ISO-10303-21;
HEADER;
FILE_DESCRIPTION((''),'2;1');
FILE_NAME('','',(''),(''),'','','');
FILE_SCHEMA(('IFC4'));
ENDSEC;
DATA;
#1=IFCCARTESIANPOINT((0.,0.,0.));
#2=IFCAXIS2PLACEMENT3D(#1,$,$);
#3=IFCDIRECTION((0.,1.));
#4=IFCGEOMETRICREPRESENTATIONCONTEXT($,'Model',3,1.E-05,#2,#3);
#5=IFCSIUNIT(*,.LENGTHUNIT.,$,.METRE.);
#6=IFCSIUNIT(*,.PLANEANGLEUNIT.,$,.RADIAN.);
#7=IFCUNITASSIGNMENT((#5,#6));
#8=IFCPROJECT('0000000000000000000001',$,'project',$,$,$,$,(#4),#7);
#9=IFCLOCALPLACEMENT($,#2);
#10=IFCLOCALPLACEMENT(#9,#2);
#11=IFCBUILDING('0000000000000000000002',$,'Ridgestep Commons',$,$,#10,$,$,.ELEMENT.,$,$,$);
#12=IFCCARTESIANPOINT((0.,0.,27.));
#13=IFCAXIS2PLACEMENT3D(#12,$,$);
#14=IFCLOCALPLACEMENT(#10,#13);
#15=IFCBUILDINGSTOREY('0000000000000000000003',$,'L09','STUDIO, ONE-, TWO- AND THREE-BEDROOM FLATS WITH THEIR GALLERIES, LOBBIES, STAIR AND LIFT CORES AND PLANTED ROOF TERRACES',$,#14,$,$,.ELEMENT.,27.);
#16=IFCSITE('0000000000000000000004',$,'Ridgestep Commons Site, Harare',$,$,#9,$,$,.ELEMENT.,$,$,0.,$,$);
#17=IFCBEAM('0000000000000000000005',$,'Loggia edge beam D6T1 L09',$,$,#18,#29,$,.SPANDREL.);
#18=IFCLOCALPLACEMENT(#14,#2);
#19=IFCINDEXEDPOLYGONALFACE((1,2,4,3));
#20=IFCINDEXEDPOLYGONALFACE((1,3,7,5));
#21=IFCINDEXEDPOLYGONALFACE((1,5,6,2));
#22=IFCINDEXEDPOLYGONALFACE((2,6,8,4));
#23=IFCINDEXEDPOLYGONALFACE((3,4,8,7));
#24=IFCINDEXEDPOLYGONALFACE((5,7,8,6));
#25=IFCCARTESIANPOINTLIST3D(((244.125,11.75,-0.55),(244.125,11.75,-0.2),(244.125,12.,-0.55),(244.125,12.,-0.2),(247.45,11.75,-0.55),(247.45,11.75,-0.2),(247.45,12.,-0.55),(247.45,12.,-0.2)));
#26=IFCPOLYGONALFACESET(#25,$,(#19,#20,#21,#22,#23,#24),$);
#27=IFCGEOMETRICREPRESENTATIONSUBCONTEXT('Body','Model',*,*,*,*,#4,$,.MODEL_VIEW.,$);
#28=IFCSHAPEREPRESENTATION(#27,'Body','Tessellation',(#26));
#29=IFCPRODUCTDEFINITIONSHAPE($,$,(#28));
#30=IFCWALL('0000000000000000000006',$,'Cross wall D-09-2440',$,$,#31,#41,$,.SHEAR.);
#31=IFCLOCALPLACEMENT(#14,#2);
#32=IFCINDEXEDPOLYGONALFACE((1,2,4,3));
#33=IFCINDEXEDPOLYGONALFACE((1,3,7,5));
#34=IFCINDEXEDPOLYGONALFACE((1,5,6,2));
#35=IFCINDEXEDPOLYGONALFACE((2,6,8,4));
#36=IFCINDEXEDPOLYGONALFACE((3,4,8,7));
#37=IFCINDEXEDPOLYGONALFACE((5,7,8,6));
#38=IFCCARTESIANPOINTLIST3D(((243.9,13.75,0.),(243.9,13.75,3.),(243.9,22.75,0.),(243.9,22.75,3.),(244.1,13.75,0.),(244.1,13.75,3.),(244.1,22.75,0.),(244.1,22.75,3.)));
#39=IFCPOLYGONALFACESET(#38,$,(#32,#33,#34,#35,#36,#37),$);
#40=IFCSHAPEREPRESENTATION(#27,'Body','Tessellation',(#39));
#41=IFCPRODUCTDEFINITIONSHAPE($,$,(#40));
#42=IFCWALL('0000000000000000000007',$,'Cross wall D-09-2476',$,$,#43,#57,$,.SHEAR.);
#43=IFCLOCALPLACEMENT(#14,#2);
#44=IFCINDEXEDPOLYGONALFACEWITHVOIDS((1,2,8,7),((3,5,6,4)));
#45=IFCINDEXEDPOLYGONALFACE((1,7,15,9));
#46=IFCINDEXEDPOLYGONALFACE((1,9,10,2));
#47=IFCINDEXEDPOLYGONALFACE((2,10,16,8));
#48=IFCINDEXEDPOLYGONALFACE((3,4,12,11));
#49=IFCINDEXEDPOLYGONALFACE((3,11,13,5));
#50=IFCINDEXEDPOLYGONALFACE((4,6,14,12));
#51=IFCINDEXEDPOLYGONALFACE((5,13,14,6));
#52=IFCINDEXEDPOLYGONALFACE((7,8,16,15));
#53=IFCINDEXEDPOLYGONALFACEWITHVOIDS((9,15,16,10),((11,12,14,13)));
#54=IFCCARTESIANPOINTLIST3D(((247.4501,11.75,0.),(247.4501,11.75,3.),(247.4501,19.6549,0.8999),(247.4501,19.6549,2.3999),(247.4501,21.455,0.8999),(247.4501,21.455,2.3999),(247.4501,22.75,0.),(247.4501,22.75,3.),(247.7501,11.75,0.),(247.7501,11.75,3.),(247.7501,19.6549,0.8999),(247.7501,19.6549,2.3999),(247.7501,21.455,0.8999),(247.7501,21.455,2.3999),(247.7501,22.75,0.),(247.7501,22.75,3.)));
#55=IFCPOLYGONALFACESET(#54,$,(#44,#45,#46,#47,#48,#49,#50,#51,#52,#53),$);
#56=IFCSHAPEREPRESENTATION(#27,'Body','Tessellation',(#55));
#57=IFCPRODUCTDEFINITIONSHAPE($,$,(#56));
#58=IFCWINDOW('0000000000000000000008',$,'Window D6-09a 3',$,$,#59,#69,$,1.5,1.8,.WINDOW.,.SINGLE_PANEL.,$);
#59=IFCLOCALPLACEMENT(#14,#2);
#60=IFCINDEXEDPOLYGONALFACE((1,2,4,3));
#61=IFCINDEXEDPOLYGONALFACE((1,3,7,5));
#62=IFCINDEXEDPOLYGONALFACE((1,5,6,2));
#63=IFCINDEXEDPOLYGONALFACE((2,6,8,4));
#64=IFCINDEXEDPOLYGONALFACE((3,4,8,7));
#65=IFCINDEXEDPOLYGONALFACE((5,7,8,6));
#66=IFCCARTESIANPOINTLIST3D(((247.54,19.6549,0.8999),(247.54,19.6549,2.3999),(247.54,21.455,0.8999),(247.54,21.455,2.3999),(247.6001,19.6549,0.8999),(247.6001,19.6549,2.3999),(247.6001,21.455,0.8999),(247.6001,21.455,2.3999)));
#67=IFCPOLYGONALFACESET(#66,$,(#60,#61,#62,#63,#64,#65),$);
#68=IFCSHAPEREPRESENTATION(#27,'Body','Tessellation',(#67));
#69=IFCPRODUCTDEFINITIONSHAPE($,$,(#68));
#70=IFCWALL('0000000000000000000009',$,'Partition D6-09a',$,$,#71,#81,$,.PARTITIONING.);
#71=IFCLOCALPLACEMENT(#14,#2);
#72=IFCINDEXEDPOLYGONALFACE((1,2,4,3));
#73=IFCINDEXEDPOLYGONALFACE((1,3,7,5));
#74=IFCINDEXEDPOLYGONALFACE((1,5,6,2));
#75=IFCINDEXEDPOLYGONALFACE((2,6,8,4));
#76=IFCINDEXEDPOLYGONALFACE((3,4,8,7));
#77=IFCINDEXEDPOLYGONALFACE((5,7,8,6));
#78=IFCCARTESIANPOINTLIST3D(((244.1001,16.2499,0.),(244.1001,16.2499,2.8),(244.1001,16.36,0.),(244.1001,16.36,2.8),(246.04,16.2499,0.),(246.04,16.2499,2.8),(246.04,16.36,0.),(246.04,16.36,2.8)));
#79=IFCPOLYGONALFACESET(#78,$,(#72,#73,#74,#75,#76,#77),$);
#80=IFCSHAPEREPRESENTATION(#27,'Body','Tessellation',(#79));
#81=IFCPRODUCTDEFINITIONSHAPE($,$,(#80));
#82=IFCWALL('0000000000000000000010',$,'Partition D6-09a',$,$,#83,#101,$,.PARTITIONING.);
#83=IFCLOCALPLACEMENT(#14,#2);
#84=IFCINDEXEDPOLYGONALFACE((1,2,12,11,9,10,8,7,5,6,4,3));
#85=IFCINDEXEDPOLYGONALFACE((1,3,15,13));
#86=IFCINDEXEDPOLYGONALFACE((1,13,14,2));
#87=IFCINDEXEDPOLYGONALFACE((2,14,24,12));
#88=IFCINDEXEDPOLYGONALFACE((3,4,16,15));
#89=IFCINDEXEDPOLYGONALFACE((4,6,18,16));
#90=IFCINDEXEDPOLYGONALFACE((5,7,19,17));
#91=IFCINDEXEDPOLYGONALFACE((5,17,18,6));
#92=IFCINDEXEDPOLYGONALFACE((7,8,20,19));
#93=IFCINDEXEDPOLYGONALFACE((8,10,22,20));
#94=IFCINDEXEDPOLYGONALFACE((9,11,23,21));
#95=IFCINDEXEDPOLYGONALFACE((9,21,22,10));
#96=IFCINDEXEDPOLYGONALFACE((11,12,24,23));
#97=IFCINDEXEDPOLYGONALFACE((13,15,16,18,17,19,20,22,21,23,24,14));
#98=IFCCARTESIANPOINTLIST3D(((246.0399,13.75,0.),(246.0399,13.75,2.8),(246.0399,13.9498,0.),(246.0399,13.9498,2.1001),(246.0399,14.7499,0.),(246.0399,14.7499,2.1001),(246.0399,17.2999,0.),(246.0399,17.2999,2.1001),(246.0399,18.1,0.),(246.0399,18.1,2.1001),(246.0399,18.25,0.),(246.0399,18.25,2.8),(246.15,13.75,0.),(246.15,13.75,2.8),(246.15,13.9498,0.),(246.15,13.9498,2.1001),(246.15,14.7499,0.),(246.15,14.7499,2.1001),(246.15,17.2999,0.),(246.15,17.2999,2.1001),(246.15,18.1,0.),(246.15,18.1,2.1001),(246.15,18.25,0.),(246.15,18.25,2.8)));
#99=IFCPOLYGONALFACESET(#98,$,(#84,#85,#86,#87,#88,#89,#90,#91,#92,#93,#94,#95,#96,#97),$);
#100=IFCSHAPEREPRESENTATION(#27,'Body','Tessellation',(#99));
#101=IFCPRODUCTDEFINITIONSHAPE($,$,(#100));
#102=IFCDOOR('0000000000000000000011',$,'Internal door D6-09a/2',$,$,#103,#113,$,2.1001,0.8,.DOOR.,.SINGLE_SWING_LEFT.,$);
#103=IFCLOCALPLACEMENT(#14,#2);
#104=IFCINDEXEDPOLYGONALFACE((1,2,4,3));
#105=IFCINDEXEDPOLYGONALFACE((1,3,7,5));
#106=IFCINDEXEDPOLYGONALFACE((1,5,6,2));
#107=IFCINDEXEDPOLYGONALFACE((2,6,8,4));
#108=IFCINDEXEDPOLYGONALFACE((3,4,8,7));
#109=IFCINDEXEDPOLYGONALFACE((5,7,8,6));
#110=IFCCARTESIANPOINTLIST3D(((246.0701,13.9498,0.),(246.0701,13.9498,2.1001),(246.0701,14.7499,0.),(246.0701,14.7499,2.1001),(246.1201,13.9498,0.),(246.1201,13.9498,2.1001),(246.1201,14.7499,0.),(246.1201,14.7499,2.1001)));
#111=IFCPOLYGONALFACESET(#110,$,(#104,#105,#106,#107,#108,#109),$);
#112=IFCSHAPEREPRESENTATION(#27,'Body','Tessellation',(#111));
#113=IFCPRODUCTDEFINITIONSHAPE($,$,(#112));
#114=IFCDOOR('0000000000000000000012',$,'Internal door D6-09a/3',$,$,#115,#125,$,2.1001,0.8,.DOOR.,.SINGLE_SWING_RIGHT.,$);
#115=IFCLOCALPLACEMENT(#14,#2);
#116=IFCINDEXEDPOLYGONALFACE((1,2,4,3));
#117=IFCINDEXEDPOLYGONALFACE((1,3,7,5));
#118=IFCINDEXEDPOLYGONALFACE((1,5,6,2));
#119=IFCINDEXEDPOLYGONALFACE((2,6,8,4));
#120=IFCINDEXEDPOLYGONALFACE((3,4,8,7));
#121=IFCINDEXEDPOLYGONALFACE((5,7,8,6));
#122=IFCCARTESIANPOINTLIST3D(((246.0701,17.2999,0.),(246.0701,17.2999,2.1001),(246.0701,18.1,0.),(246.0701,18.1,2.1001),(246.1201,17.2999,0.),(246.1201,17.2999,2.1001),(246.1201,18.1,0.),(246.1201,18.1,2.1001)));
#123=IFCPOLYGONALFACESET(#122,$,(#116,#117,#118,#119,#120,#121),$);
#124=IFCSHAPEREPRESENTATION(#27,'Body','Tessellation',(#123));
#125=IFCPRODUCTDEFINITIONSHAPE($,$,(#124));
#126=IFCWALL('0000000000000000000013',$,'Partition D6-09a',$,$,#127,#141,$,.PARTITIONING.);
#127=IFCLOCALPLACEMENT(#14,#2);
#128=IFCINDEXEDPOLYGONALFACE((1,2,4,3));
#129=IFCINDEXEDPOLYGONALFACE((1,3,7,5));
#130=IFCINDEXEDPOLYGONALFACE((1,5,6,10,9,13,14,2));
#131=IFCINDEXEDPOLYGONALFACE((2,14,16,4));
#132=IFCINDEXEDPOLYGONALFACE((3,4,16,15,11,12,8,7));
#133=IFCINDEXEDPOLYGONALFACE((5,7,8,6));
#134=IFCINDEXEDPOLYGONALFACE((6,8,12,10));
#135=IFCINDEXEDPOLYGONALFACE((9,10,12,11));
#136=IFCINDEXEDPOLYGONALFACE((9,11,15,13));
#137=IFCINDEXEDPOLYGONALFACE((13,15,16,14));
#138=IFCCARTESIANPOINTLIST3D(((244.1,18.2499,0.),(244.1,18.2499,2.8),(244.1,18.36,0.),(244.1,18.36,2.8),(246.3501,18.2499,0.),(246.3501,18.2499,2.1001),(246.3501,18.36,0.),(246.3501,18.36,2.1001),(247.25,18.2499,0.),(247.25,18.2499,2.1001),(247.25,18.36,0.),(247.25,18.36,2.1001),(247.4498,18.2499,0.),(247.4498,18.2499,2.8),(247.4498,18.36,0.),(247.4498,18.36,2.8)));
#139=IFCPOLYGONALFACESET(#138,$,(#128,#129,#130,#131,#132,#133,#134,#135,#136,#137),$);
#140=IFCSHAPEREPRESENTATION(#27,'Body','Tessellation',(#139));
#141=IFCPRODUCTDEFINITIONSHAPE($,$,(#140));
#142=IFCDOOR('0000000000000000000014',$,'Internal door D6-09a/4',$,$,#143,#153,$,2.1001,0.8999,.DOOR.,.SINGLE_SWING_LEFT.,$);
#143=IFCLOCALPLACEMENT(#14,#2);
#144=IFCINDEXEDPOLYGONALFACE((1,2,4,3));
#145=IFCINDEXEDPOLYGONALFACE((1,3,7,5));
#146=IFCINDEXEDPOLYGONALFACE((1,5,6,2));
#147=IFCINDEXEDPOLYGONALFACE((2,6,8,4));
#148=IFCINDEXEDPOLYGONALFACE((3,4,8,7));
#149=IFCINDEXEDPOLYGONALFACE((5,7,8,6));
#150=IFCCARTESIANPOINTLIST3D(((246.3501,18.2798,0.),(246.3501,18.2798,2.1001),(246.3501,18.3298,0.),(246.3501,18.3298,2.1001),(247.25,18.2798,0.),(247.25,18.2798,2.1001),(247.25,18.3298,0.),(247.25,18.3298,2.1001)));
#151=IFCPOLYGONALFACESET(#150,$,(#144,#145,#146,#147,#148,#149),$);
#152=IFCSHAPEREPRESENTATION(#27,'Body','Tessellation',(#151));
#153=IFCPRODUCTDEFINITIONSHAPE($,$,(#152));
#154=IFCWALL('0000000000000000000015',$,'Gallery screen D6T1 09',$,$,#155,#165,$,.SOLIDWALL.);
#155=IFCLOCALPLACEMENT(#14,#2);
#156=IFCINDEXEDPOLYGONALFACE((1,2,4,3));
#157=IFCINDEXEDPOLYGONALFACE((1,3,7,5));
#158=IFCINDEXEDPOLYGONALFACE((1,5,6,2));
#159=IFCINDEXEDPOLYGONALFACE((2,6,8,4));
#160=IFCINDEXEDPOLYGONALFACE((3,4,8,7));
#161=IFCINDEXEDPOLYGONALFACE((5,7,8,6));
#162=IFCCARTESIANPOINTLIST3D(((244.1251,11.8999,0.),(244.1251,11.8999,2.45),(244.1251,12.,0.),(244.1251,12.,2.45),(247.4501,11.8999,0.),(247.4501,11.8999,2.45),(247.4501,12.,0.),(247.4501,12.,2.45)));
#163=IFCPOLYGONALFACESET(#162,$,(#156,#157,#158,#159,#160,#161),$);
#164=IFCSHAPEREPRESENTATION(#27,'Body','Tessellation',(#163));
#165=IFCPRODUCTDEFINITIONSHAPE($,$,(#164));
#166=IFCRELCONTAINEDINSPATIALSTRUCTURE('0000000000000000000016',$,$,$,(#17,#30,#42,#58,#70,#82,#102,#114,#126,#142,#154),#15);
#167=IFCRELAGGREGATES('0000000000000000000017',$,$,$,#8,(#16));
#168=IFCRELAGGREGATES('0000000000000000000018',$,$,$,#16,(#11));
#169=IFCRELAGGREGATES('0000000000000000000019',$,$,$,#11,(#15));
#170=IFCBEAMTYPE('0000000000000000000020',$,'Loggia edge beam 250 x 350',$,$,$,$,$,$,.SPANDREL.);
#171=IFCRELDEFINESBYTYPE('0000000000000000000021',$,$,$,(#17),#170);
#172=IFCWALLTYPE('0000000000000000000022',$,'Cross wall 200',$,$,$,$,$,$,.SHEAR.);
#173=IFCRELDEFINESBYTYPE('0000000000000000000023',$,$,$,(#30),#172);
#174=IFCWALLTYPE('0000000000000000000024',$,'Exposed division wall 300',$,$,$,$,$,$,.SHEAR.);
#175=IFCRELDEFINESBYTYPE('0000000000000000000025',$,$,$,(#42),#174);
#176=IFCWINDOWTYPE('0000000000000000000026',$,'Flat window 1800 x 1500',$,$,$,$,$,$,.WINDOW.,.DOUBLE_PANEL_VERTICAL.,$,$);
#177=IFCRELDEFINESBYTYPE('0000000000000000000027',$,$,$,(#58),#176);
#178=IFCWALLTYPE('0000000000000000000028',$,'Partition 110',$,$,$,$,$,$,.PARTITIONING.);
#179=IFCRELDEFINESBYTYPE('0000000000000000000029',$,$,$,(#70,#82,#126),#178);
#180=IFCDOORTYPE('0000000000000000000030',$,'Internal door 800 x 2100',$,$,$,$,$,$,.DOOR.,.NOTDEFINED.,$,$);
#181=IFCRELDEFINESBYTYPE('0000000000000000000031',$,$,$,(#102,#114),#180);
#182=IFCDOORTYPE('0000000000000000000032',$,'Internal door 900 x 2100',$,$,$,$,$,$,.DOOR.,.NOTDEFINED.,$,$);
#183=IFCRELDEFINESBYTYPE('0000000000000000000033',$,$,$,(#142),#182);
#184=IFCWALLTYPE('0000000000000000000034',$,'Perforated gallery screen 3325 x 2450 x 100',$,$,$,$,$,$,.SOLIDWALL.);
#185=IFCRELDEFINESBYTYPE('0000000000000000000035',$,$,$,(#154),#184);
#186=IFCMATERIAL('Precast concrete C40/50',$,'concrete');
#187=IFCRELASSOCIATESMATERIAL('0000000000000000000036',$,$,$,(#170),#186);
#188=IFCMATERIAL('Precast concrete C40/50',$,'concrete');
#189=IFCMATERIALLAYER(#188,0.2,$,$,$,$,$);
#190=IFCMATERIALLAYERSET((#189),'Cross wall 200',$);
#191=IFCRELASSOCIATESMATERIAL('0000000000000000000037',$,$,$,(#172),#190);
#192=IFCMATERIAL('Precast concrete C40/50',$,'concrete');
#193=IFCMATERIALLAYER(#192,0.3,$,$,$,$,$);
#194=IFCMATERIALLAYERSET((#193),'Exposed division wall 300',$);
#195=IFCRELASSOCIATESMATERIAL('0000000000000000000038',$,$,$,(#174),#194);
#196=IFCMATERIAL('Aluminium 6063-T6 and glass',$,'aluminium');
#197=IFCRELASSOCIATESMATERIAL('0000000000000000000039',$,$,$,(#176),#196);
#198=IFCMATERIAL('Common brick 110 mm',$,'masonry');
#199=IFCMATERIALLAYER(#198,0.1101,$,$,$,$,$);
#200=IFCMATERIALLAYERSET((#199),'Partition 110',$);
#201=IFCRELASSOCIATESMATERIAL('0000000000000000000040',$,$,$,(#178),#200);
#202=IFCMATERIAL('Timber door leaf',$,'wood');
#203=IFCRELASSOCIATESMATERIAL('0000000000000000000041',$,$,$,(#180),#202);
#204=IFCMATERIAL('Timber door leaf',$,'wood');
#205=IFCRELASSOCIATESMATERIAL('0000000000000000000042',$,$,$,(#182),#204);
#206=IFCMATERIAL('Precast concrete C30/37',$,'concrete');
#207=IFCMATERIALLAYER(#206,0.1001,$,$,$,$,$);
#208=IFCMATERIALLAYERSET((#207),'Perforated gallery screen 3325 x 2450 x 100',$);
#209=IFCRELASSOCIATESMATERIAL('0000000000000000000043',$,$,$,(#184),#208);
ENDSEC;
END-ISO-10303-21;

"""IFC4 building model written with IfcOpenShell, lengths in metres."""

from ifc_helpers import new_model, si_unit, direction, frame, frame_2d, origin, origin_2d, place, context, subcontext, project, spatial, rectangle, extrude, material, layer, layer_set, material_profile, profile_set, type_object, element, fill, save


model = new_model("IFC4")

# Units and contexts
model_context = context("Model", 3, precision=1e-05, world=origin(), true_north=direction((0.0, 1.0)))
body_context = subcontext(model_context, "Body", "Model", "MODEL_VIEW")
ifc_project = project(units=[si_unit("LENGTHUNIT", "METRE"), si_unit("PLANEANGLEUNIT", "RADIAN")], contexts=[model_context])

# Site, building, storey
site_placement = place(None, origin())
site = spatial("IfcSite", under=ifc_project, at=site_placement, Name="Ridgestep Commons Site, Harare", CompositionType="ELEMENT", RefElevation=0.0)
building_placement = place(site_placement, origin())
building = spatial("IfcBuilding", under=site, at=building_placement, Name="Ridgestep Commons", CompositionType="ELEMENT")
storey_placement = place(building_placement, frame((0.0, 0.0, 27.0)))
storey = spatial("IfcBuildingStorey", under=building, at=storey_placement, Name="L09", Description="STUDIO, ONE-, TWO- AND THREE-BEDROOM FLATS WITH THEIR GALLERIES, LOBBIES, STAIR AND LIFT CORES AND PLANTED ROOF TERRACES", CompositionType="ELEMENT", Elevation=27.0)

# Beam
ifc_material_1 = material(Name="Precast concrete C40/50", Category="concrete")
ifc_material_profile = material_profile(ifc_material_1, rectangle(XDim=0.25, YDim=0.3501, at=origin_2d()), Name="PC 250x350")
ifc_profile_set = profile_set([ifc_material_profile], Name="Precast concrete C40/50")
beam_type = type_object("IfcBeamType", Name="Loggia edge beam 250 x 350", PredefinedType="SPANDREL", material=ifc_profile_set)
beam_placement = place(storey_placement, frame((244.125, 11.875, -0.375), z_axis=(1.0, 0.0, 0.0), x_axis=(0.0, 1.0, 0.0)))
element("IfcBeam", 1, at=beam_placement, inside=storey, type_object=beam_type, Name="Loggia edge beam D6T1 L09", PredefinedType="SPANDREL", context=body_context, shape_type="SweptSolid", body=[
    extrude(rectangle(XDim=0.25, YDim=0.3501, at=origin_2d()), origin(), (0.0, 0.0, 1.0), 3.325),
])

# Wall
ifc_material_2 = material(Name="Precast concrete C40/50", Category="concrete")
ifc_layer_1 = layer(ifc_material_2, 0.2)
ifc_layer_set_1 = layer_set([ifc_layer_1], Name="Cross wall 200")
wall_type_1 = type_object("IfcWallType", Name="Cross wall 200", PredefinedType="SHEAR", material=ifc_layer_set_1)
wall_1_placement = place(storey_placement, frame((244.0, 13.75, 0.0), z_axis=(0.0, 0.0, 1.0), x_axis=(0.0, 1.0, 0.0)))
element("IfcWall", 2, at=wall_1_placement, inside=storey, type_object=wall_type_1, Name="Cross wall D-09-2440", PredefinedType="SHEAR", context=body_context, shape_type="SweptSolid", body=[
    extrude(rectangle(XDim=9.0, YDim=0.2, at=frame_2d((4.5, 0.0))), origin(), (0.0, 0.0, 1.0), 3.0),
])

# Wall, opening, window
ifc_material_3 = material(Name="Precast concrete C40/50", Category="concrete")
ifc_layer_2 = layer(ifc_material_3, 0.3)
ifc_layer_set_2 = layer_set([ifc_layer_2], Name="Exposed division wall 300")
wall_type_2 = type_object("IfcWallType", Name="Exposed division wall 300", PredefinedType="SHEAR", material=ifc_layer_set_2)
wall_2_placement = place(storey_placement, frame((247.6001, 11.75, 0.0), z_axis=(0.0, 0.0, 1.0), x_axis=(0.0, 1.0, 0.0)))
wall_2 = element("IfcWall", 3, at=wall_2_placement, inside=storey, type_object=wall_type_2, Name="Cross wall D-09-2476", PredefinedType="SHEAR", context=body_context, shape_type="SweptSolid", body=[
    extrude(rectangle(XDim=11.0, YDim=0.3, at=frame_2d((5.5, 0.0))), origin(), (0.0, 0.0, 1.0), 3.0),
])
opening_1_placement = place(wall_2_placement, frame((7.905, 0.0, 0.8999)))
opening_1 = element("IfcOpeningElement", 4, at=opening_1_placement, cuts=wall_2, PredefinedType="OPENING", context=body_context, shape_type="SweptSolid", body=[
    extrude(rectangle(XDim=1.8, YDim=1.5, at=frame_2d((0.8999, 0.75))), frame((0.0, 0.1599, 0.0), z_axis=(0.0, -1.0, 0.0), x_axis=(1.0, 0.0, 0.0)), (0.0, 0.0, 1.0), 0.3201),
])
ifc_material_4 = material(Name="Aluminium 6063-T6 and glass", Category="aluminium")
window_type_1 = type_object("IfcWindowType", Name="Flat window 1800 x 1500", PartitioningType="DOUBLE_PANEL_VERTICAL", PredefinedType="WINDOW", material=ifc_material_4)
window_1_placement = place(opening_1_placement, origin())
window_1 = element("IfcWindow", 5, at=window_1_placement, inside=storey, type_object=window_type_1, Name="Window D6-09a 3", OverallHeight=1.5, OverallWidth=1.8, PartitioningType="SINGLE_PANEL", PredefinedType="WINDOW", context=body_context, shape_type="SweptSolid", body=[
    extrude(rectangle(XDim=1.8, YDim=1.5, at=frame_2d((0.8999, 0.75))), frame((0.0, 0.0601, 0.0), z_axis=(0.0, -1.0, 0.0), x_axis=(1.0, 0.0, 0.0)), (0.0, 0.0, 1.0), 0.0601),
])
fill(opening_1, window_1)

# Wall
ifc_material_5 = material(Name="Common brick 110 mm", Category="masonry")
ifc_layer_3 = layer(ifc_material_5, 0.1101)
ifc_layer_set_3 = layer_set([ifc_layer_3], Name="Partition 110")
wall_type_3 = type_object("IfcWallType", Name="Partition 110", PredefinedType="PARTITIONING", material=ifc_layer_set_3)
wall_3_placement = place(storey_placement, frame((244.1001, 16.3049, 0.0), z_axis=(0.0, 0.0, 1.0), x_axis=(1.0, 0.0, 0.0)))
element("IfcWall", 6, at=wall_3_placement, inside=storey, type_object=wall_type_3, Name="Partition D6-09a", PredefinedType="PARTITIONING", context=body_context, shape_type="SweptSolid", body=[
    extrude(rectangle(XDim=1.9399, YDim=0.1101, at=frame_2d((0.97, 0.0))), origin(), (0.0, 0.0, 1.0), 2.8),
])

# Wall, openings, doors
wall_4_placement = place(storey_placement, frame((246.095, 13.75, 0.0), z_axis=(0.0, 0.0, 1.0), x_axis=(0.0, 1.0, 0.0)))
wall_4 = element("IfcWall", 7, at=wall_4_placement, inside=storey, type_object=wall_type_3, Name="Partition D6-09a", PredefinedType="PARTITIONING", context=body_context, shape_type="SweptSolid", body=[
    extrude(rectangle(XDim=4.5, YDim=0.1101, at=frame_2d((2.25, 0.0))), origin(), (0.0, 0.0, 1.0), 2.8),
])
opening_2_placement = place(wall_4_placement, frame((0.2, 0.0, 0.0)))
opening_2 = element("IfcOpeningElement", 8, at=opening_2_placement, cuts=wall_4, PredefinedType="OPENING", context=body_context, shape_type="SweptSolid", body=[
    extrude(rectangle(XDim=0.8, YDim=2.1001, at=frame_2d((0.3999, 1.05))), frame((0.0, 0.0649, 0.0), z_axis=(0.0, -1.0, 0.0), x_axis=(1.0, 0.0, 0.0)), (0.0, 0.0, 1.0), 0.1301),
])
opening_3_placement = place(wall_4_placement, frame((3.55, 0.0, 0.0)))
opening_3 = element("IfcOpeningElement", 9, at=opening_3_placement, cuts=wall_4, PredefinedType="OPENING", context=body_context, shape_type="SweptSolid", body=[
    extrude(rectangle(XDim=0.8, YDim=2.1001, at=frame_2d((0.3999, 1.05))), frame((0.0, 0.0649, 0.0), z_axis=(0.0, -1.0, 0.0), x_axis=(1.0, 0.0, 0.0)), (0.0, 0.0, 1.0), 0.1301),
])
ifc_material_6 = material(Name="Timber door leaf", Category="wood")
door_type_1 = type_object("IfcDoorType", Name="Internal door 800 x 2100", OperationType="NOTDEFINED", PredefinedType="DOOR", material=ifc_material_6)
door_1_placement = place(opening_2_placement, origin())
door_1 = element("IfcDoor", 10, at=door_1_placement, inside=storey, type_object=door_type_1, Name="Internal door D6-09a/2", OperationType="SINGLE_SWING_LEFT", OverallHeight=2.1001, OverallWidth=0.8, PredefinedType="DOOR", context=body_context, shape_type="SweptSolid", body=[
    extrude(rectangle(XDim=0.8, YDim=2.1001, at=frame_2d((0.3999, 1.05))), frame((0.0, 0.0249, 0.0), z_axis=(0.0, -1.0, 0.0), x_axis=(1.0, 0.0, 0.0)), (0.0, 0.0, 1.0), 0.05),
])
fill(opening_2, door_1)
door_2_placement = place(opening_3_placement, origin())
door_2 = element("IfcDoor", 11, at=door_2_placement, inside=storey, type_object=door_type_1, Name="Internal door D6-09a/3", OperationType="SINGLE_SWING_RIGHT", OverallHeight=2.1001, OverallWidth=0.8, PredefinedType="DOOR", context=body_context, shape_type="SweptSolid", body=[
    extrude(rectangle(XDim=0.8, YDim=2.1001, at=frame_2d((0.3999, 1.05))), frame((0.0, 0.0249, 0.0), z_axis=(0.0, -1.0, 0.0), x_axis=(1.0, 0.0, 0.0)), (0.0, 0.0, 1.0), 0.05),
])
fill(opening_3, door_2)

# Wall, opening, door
wall_5_placement = place(storey_placement, frame((244.1001, 18.3049, 0.0), z_axis=(0.0, 0.0, 1.0), x_axis=(1.0, 0.0, 0.0)))
wall_5 = element("IfcWall", 12, at=wall_5_placement, inside=storey, type_object=wall_type_3, Name="Partition D6-09a", PredefinedType="PARTITIONING", context=body_context, shape_type="SweptSolid", body=[
    extrude(rectangle(XDim=3.3499, YDim=0.1101, at=frame_2d((1.6748, 0.0))), origin(), (0.0, 0.0, 1.0), 2.8),
])
opening_4_placement = place(wall_5_placement, frame((2.25, 0.0, 0.0)))
opening_4 = element("IfcOpeningElement", 13, at=opening_4_placement, cuts=wall_5, PredefinedType="OPENING", context=body_context, shape_type="SweptSolid", body=[
    extrude(rectangle(XDim=0.8999, YDim=2.1001, at=frame_2d((0.45, 1.05))), frame((0.0, 0.0649, 0.0), z_axis=(0.0, -1.0, 0.0), x_axis=(1.0, 0.0, 0.0)), (0.0, 0.0, 1.0), 0.1301),
])
ifc_material_7 = material(Name="Timber door leaf", Category="wood")
door_type_2 = type_object("IfcDoorType", Name="Internal door 900 x 2100", OperationType="NOTDEFINED", PredefinedType="DOOR", material=ifc_material_7)
door_3_placement = place(opening_4_placement, origin())
door_3 = element("IfcDoor", 14, at=door_3_placement, inside=storey, type_object=door_type_2, Name="Internal door D6-09a/4", OperationType="SINGLE_SWING_LEFT", OverallHeight=2.1001, OverallWidth=0.8999, PredefinedType="DOOR", context=body_context, shape_type="SweptSolid", body=[
    extrude(rectangle(XDim=0.8999, YDim=2.1001, at=frame_2d((0.45, 1.05))), frame((0.0, 0.0249, 0.0), z_axis=(0.0, -1.0, 0.0), x_axis=(1.0, 0.0, 0.0)), (0.0, 0.0, 1.0), 0.05),
])
fill(opening_4, door_3)

# Wall
ifc_material_8 = material(Name="Precast concrete C30/37", Category="concrete")
ifc_layer_4 = layer(ifc_material_8, 0.1001)
ifc_layer_set_4 = layer_set([ifc_layer_4], Name="Perforated gallery screen 3325 x 2450 x 100")
wall_type_4 = type_object("IfcWallType", Name="Perforated gallery screen 3325 x 2450 x 100", PredefinedType="SOLIDWALL", material=ifc_layer_set_4)
wall_6_placement = place(storey_placement, frame((244.125, 11.95, 0.0), z_axis=(0.0, 0.0, 1.0), x_axis=(1.0, 0.0, 0.0)))
element("IfcWall", 15, at=wall_6_placement, inside=storey, type_object=wall_type_4, Name="Gallery screen D6T1 09", PredefinedType="SOLIDWALL", context=body_context, shape_type="SweptSolid", body=[
    extrude(rectangle(XDim=3.325, YDim=0.1001, at=frame_2d((1.6626, 0.0))), origin(), (0.0, 0.0, 1.0), 2.45),
])

save(model, "model.ifc")
